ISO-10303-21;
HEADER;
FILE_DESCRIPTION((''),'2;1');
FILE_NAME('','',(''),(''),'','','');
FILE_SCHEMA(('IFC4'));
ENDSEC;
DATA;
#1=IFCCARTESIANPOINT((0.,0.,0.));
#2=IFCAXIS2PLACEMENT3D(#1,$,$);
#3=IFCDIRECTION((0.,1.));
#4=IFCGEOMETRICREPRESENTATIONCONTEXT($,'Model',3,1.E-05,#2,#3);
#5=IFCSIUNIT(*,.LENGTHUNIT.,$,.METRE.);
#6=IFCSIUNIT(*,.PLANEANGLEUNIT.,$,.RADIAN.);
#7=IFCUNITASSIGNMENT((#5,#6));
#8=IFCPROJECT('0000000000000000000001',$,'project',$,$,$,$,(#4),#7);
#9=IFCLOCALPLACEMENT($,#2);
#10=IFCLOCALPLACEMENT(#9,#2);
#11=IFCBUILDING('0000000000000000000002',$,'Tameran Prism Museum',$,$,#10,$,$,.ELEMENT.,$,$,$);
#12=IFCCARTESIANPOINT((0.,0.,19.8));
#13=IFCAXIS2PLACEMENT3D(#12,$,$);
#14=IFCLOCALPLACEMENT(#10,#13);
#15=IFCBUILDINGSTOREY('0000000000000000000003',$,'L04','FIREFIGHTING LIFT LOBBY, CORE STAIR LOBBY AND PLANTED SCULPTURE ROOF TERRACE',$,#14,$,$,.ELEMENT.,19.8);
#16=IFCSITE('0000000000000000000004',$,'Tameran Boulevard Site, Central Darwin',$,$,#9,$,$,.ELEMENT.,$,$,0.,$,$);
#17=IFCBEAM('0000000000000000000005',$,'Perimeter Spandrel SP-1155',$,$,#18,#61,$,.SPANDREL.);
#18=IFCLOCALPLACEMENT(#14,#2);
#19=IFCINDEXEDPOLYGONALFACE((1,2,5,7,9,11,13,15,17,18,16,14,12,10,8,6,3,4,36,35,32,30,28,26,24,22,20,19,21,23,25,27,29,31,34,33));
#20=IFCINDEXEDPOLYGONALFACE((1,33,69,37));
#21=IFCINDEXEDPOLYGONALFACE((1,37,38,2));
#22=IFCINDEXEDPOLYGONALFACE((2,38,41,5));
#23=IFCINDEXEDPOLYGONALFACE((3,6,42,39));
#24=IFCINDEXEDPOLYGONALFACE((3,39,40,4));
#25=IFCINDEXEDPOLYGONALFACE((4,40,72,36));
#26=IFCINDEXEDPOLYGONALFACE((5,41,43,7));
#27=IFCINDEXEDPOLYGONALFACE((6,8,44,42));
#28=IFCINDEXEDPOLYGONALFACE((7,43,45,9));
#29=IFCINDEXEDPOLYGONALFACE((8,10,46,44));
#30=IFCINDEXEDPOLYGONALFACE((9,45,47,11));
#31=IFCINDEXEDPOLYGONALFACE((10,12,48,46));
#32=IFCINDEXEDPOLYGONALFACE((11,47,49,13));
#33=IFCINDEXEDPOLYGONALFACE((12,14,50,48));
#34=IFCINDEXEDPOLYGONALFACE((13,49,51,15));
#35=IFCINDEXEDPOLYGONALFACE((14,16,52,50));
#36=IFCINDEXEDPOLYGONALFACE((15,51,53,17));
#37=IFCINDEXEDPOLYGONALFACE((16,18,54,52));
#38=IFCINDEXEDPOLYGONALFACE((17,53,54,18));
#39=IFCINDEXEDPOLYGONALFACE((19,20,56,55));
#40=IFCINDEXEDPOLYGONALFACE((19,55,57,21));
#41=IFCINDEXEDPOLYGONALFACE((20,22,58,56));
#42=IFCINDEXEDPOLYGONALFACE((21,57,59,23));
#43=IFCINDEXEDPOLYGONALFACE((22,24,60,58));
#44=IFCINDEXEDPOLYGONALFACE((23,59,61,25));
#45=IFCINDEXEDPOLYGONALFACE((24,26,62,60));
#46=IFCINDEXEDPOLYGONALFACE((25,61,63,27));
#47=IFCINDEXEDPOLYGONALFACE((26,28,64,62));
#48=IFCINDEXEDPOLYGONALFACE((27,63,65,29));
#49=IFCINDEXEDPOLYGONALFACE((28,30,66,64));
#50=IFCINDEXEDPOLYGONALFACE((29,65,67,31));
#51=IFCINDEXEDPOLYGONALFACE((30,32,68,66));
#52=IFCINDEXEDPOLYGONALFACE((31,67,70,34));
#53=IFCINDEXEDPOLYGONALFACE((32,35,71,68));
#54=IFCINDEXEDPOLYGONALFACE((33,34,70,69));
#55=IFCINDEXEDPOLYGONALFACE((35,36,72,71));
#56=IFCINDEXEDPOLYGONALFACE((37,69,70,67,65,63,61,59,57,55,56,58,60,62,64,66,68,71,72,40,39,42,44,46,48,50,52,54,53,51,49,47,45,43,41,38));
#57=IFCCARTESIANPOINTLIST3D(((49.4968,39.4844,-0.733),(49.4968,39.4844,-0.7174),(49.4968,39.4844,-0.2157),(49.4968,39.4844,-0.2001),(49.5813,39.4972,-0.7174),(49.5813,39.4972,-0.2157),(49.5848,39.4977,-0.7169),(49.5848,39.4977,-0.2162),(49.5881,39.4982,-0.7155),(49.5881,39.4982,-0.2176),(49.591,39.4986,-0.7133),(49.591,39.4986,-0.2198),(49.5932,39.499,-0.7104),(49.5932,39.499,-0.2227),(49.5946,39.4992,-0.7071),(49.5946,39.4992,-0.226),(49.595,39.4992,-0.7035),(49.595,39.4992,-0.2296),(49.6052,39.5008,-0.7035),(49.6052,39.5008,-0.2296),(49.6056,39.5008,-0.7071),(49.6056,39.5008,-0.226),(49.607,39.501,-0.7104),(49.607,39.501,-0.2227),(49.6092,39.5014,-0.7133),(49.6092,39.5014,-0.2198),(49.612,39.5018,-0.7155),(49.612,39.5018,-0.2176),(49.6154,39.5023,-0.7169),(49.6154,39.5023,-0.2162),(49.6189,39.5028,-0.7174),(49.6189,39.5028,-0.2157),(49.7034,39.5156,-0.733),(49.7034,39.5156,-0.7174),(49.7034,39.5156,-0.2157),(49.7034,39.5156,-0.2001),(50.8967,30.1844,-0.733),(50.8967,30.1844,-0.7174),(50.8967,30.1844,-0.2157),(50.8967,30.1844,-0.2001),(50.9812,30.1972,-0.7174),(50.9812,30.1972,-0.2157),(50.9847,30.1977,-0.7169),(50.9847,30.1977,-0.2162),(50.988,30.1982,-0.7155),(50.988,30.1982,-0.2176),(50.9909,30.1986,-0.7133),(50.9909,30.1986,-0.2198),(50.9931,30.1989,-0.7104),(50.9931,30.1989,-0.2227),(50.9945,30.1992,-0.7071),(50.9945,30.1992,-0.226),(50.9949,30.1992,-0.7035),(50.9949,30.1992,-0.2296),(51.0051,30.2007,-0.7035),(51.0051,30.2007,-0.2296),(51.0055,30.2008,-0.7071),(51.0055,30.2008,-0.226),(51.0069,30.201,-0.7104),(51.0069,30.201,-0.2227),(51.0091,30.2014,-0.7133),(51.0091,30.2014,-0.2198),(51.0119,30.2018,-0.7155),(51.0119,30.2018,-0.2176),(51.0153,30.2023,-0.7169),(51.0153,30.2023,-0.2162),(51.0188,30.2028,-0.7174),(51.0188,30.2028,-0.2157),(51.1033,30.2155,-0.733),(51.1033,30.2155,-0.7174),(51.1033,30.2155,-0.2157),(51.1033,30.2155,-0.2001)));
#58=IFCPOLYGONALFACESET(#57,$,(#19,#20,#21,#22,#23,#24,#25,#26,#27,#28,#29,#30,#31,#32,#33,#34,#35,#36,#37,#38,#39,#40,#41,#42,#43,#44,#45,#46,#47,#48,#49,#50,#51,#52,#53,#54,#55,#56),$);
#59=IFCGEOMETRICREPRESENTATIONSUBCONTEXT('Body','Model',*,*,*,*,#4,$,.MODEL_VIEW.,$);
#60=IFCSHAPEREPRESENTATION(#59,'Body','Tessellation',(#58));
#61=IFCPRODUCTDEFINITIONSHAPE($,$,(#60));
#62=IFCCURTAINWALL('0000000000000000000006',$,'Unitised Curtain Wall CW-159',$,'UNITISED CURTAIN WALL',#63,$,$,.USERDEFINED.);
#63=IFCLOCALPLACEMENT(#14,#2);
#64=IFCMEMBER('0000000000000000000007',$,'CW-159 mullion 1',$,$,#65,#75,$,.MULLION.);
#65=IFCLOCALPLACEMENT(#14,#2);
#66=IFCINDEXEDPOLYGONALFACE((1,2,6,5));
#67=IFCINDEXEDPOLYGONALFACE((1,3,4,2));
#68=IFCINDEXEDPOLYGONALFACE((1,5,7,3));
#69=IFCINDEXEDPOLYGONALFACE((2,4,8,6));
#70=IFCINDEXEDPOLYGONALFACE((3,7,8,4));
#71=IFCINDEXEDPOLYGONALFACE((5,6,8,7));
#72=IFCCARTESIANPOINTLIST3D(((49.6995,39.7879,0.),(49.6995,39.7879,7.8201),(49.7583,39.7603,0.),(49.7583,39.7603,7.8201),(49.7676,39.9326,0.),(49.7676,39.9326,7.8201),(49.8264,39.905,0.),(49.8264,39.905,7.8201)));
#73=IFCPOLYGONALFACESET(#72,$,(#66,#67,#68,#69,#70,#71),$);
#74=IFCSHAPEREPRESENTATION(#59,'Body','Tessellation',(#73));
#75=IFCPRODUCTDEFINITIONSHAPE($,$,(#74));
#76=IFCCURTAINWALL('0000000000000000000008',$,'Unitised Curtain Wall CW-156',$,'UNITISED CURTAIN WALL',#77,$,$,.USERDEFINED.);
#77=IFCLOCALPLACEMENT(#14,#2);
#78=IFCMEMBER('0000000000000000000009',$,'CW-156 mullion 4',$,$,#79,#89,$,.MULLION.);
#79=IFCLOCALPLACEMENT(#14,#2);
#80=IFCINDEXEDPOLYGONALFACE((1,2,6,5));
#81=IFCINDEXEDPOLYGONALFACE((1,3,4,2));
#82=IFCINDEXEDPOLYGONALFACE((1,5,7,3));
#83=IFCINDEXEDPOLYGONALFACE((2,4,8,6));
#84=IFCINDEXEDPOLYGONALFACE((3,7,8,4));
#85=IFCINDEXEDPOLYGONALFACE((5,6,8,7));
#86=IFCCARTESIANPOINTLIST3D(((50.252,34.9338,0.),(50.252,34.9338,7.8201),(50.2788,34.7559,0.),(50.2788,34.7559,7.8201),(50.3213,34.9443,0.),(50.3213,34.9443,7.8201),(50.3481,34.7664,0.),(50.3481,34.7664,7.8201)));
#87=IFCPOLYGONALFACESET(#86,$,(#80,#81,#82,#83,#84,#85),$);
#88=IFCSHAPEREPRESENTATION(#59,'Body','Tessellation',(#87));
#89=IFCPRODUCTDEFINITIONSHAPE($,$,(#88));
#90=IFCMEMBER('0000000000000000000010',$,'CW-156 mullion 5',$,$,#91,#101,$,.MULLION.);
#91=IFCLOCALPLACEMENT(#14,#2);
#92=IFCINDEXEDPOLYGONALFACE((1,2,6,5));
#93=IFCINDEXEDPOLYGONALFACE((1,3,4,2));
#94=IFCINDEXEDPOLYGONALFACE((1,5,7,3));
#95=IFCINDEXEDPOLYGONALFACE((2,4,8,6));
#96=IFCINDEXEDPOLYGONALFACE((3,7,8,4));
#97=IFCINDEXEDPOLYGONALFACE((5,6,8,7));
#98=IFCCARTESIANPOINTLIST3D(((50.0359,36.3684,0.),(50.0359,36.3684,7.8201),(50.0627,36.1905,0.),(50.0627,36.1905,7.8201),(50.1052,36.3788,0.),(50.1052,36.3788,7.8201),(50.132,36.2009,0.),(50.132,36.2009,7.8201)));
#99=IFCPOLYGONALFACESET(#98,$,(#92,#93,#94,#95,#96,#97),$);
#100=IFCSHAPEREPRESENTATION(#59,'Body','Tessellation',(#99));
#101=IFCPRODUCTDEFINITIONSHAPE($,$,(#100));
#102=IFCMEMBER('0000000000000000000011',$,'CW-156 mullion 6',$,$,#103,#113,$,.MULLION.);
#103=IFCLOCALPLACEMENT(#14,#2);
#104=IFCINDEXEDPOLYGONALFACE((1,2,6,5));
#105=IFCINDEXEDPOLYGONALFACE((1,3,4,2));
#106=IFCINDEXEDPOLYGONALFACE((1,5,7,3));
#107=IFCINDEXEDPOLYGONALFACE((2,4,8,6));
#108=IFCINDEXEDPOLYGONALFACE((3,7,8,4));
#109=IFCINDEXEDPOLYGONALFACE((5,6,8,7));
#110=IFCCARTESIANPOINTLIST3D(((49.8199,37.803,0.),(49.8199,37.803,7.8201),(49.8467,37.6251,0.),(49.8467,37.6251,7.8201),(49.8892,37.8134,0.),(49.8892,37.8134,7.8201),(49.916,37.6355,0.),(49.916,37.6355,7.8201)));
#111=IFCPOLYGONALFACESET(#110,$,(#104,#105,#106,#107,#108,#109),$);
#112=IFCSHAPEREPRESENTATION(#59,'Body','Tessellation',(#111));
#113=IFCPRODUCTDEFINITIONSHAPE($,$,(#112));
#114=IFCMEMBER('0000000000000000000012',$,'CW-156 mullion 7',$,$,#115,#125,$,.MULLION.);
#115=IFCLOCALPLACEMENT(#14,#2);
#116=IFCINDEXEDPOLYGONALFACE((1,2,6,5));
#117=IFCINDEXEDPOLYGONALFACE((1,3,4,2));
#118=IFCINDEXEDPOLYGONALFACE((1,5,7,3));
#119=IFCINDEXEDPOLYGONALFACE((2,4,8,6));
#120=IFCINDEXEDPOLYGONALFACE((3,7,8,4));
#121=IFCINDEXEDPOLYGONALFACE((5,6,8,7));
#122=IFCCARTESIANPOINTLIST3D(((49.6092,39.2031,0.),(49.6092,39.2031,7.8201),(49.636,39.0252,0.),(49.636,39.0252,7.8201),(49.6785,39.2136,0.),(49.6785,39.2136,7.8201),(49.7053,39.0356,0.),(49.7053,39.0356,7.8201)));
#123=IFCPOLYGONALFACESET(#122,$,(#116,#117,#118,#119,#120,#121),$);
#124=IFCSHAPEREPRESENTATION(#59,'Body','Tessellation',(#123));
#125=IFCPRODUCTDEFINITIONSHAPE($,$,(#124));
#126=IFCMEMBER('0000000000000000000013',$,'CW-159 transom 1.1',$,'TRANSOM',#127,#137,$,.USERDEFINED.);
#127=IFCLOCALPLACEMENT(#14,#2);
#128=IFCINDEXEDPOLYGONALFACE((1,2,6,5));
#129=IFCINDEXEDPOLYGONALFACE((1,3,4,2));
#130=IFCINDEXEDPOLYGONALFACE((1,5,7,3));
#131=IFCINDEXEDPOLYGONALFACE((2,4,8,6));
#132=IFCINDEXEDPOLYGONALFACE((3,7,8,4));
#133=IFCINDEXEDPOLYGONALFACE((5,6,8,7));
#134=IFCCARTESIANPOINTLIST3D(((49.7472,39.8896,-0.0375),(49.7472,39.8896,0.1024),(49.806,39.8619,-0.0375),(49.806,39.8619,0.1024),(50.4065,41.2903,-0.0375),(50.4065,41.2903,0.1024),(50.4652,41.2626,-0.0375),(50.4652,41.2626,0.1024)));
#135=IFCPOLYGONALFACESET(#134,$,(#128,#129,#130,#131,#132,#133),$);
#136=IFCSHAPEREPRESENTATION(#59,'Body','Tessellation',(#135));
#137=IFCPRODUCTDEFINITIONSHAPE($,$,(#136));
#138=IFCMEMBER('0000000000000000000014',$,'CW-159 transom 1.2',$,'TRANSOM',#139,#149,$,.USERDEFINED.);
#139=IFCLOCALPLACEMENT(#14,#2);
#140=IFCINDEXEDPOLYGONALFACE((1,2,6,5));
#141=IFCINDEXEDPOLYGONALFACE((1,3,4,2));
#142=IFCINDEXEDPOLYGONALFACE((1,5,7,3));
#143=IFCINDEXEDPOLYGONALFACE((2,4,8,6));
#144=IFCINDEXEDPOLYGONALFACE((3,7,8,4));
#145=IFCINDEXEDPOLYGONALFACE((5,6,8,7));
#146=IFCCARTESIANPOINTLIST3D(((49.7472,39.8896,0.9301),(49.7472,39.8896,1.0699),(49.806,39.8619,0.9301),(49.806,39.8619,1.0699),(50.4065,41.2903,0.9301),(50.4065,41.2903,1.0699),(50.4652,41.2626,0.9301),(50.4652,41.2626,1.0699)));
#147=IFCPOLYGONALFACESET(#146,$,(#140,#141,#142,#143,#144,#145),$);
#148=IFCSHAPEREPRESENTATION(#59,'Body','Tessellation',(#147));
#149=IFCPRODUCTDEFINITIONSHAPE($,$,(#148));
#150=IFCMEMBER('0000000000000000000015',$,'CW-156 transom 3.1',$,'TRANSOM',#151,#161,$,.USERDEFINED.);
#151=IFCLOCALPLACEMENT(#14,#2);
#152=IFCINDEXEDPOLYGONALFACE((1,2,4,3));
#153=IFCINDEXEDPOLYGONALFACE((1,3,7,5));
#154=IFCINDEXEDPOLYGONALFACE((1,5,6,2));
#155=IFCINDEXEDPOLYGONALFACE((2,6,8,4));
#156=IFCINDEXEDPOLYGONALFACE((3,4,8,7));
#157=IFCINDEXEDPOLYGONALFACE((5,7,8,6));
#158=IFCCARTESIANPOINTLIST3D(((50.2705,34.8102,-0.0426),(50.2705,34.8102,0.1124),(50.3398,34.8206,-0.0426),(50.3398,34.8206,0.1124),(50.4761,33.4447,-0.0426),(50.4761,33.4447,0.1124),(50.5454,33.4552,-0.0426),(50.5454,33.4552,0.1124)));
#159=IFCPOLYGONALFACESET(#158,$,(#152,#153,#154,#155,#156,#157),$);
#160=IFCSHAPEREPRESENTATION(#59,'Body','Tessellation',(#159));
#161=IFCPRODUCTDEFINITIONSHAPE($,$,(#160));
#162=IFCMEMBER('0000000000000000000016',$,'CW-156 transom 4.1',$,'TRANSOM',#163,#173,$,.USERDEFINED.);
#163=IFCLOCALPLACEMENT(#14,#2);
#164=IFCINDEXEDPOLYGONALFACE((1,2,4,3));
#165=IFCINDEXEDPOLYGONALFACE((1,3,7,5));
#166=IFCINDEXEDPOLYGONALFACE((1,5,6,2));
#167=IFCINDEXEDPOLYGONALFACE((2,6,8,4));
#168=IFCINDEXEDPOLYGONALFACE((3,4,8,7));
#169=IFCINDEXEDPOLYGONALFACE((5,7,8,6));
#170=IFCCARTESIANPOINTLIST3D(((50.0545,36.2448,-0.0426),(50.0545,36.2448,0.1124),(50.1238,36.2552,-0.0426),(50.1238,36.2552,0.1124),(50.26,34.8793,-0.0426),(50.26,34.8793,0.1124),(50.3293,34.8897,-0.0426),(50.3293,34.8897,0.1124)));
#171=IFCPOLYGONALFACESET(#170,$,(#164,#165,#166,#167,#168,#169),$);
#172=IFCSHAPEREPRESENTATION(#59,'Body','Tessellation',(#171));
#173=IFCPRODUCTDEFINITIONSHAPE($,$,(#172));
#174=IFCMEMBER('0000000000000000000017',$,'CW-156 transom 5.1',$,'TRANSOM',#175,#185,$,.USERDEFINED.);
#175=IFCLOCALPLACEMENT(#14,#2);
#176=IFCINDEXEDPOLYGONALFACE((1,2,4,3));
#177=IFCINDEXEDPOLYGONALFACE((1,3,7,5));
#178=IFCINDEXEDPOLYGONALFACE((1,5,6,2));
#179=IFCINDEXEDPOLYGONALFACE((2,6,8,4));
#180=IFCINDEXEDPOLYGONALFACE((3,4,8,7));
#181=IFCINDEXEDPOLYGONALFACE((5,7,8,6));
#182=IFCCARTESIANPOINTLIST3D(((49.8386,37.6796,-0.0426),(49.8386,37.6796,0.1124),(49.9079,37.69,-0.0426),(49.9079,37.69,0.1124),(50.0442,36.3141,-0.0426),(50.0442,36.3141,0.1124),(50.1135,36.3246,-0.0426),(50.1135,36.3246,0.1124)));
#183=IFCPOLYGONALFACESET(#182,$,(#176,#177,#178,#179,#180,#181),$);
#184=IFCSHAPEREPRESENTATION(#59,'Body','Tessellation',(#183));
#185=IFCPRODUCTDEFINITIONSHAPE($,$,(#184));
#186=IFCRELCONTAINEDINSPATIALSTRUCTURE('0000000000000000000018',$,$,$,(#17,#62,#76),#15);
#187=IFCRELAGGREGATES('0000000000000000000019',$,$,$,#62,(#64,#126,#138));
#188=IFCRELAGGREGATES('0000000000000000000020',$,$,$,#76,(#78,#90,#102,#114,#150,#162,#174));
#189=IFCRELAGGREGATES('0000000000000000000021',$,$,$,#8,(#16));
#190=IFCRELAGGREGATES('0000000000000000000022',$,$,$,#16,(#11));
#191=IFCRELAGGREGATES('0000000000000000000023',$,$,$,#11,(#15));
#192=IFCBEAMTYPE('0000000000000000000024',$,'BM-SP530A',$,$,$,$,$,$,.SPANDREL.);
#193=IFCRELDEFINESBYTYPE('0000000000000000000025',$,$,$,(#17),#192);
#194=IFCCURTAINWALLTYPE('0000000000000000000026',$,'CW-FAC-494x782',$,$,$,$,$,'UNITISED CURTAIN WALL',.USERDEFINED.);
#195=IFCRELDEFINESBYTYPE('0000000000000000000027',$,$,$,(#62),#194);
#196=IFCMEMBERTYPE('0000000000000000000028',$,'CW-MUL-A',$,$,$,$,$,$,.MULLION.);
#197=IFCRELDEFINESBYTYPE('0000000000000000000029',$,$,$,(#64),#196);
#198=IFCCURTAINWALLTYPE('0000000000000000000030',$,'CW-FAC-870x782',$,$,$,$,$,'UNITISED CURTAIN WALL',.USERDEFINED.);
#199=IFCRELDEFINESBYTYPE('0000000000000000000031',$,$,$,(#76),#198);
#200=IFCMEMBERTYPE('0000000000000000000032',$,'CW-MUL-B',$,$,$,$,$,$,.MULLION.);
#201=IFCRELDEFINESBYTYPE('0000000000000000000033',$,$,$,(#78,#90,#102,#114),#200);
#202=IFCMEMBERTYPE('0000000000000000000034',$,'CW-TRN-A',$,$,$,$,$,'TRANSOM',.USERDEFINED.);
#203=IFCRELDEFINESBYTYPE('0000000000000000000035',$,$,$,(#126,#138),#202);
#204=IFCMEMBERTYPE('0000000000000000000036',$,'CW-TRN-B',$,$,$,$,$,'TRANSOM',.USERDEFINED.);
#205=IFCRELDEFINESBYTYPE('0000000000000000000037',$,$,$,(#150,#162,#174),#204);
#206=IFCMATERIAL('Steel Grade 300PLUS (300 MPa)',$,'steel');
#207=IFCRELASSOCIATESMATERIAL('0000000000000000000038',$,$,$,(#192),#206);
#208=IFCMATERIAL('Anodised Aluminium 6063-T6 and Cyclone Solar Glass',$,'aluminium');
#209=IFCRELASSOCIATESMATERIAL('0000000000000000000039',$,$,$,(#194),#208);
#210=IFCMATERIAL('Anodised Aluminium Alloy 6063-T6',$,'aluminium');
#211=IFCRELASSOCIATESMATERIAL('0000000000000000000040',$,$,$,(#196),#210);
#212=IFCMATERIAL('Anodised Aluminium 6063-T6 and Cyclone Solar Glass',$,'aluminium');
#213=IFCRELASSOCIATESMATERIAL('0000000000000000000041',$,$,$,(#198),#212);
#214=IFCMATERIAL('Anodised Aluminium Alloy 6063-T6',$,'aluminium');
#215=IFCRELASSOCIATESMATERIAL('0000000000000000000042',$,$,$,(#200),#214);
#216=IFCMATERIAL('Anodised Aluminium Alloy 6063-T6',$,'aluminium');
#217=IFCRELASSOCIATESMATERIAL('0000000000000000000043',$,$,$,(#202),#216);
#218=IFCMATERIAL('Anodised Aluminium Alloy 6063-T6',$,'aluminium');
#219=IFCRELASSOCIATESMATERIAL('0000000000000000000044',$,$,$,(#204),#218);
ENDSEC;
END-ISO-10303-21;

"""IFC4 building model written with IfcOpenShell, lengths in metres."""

from ifc_helpers import new_model, si_unit, direction, frame, origin, origin_2d, place, context, subcontext, project, spatial, rectangle, i_section, extrude, material, material_profile, profile_set, type_object, element, aggregate, save


model = new_model("IFC4")

# Units and contexts
model_context = context("Model", 3, precision=1e-05, world=origin(), true_north=direction((0.0, 1.0)))
body_context = subcontext(model_context, "Body", "Model", "MODEL_VIEW")
ifc_project = project(units=[si_unit("LENGTHUNIT", "METRE"), si_unit("PLANEANGLEUNIT", "RADIAN")], contexts=[model_context])

# Site, building, storey
site_placement = place(None, origin())
site = spatial("IfcSite", under=ifc_project, at=site_placement, Name="Tameran Boulevard Site, Central Darwin", CompositionType="ELEMENT", RefElevation=0.0)
building_placement = place(site_placement, origin())
building = spatial("IfcBuilding", under=site, at=building_placement, Name="Tameran Prism Museum", CompositionType="ELEMENT")
storey_placement = place(building_placement, frame((0.0, 0.0, 19.8)))
storey = spatial("IfcBuildingStorey", under=building, at=storey_placement, Name="L04", Description="FIREFIGHTING LIFT LOBBY, CORE STAIR LOBBY AND PLANTED SCULPTURE ROOF TERRACE", CompositionType="ELEMENT", Elevation=19.8)

# Beam
ifc_material_1 = material(Name="Steel Grade 300PLUS (300 MPa)", Category="steel")
ifc_material_profile_1 = material_profile(ifc_material_1, i_section(OverallWidth=0.209, OverallDepth=0.533, WebThickness=0.0103, FlangeThickness=0.0156, FilletRadius=0.0139, at=origin_2d()))
ifc_profile_set_1 = profile_set([ifc_material_profile_1])
beam_type_1 = type_object("IfcBeamType", Name="BM-SP530A", PredefinedType="SPANDREL", material=ifc_profile_set_1)
beam_1_placement = place(storey_placement, frame((49.6001, 39.5, -0.4666), z_axis=(0.148849, -0.98886, 0.0), x_axis=(0.98886, 0.148849, 0.0)))
element("IfcBeam", 1, at=beam_1_placement, inside=storey, type_object=beam_type_1, Name="Perimeter Spandrel SP-1155", PredefinedType="SPANDREL", context=body_context, shape_type="SweptSolid", body=[
    extrude(i_section(OverallWidth=0.209, OverallDepth=0.533, WebThickness=0.0103, FlangeThickness=0.0156, FilletRadius=0.0139, at=origin_2d()), origin(), (0.0, 0.0, 1.0), 9.4048),
])

# Curtain wall, member
ifc_material_2 = material(Name="Anodised Aluminium 6063-T6 and Cyclone Solar Glass", Category="aluminium")
curtain_wall_type_1 = type_object("IfcCurtainWallType", Name="CW-FAC-494x782", ElementType="UNITISED CURTAIN WALL", PredefinedType="USERDEFINED", material=ifc_material_2)
curtain_wall_1_placement = place(storey_placement, origin())
curtain_wall_1 = element("IfcCurtainWall", 2, at=curtain_wall_1_placement, inside=storey, type_object=curtain_wall_type_1, Name="Unitised Curtain Wall CW-159", ObjectType="UNITISED CURTAIN WALL", PredefinedType="USERDEFINED")
ifc_material_3 = material(Name="Anodised Aluminium Alloy 6063-T6", Category="aluminium")
ifc_material_profile_2 = material_profile(ifc_material_3, rectangle(XDim=0.0649, YDim=0.1599, at=origin_2d()))
ifc_profile_set_2 = profile_set([ifc_material_profile_2])
member_type_1 = type_object("IfcMemberType", Name="CW-MUL-A", PredefinedType="MULLION", material=ifc_profile_set_2)
member_1_placement = place(storey_placement, frame((49.7629, 39.8464, 0.0), z_axis=(0.0, 0.0, 1.0), x_axis=(-0.904791, 0.425856, 0.0)))
member_1 = element("IfcMember", 3, at=member_1_placement, type_object=member_type_1, Name="CW-159 mullion 1", PredefinedType="MULLION", context=body_context, shape_type="SweptSolid", body=[
    extrude(rectangle(XDim=0.0649, YDim=0.1599, at=origin_2d()), origin(), (0.0, 0.0, 1.0), 7.8201),
])

# Curtain wall, members
ifc_material_4 = material(Name="Anodised Aluminium 6063-T6 and Cyclone Solar Glass", Category="aluminium")
curtain_wall_type_2 = type_object("IfcCurtainWallType", Name="CW-FAC-870x782", ElementType="UNITISED CURTAIN WALL", PredefinedType="USERDEFINED", material=ifc_material_4)
curtain_wall_2_placement = place(storey_placement, origin())
curtain_wall_2 = element("IfcCurtainWall", 4, at=curtain_wall_2_placement, inside=storey, type_object=curtain_wall_type_2, Name="Unitised Curtain Wall CW-156", ObjectType="UNITISED CURTAIN WALL", PredefinedType="USERDEFINED")
ifc_material_5 = material(Name="Anodised Aluminium Alloy 6063-T6", Category="aluminium")
ifc_material_profile_3 = material_profile(ifc_material_5, rectangle(XDim=0.0701, YDim=0.1799, at=origin_2d()))
ifc_profile_set_3 = profile_set([ifc_material_profile_3])
member_type_2 = type_object("IfcMemberType", Name="CW-MUL-B", PredefinedType="MULLION", material=ifc_profile_set_3)
member_2_placement = place(storey_placement, frame((50.3, 34.8501, 0.0), z_axis=(0.0, 0.0, 1.0), x_axis=(-0.988855, -0.14888, 0.0)))
member_2 = element("IfcMember", 5, at=member_2_placement, type_object=member_type_2, Name="CW-156 mullion 4", PredefinedType="MULLION", context=body_context, shape_type="SweptSolid", body=[
    extrude(rectangle(XDim=0.0701, YDim=0.1799, at=origin_2d()), origin(), (0.0, 0.0, 1.0), 7.8201),
])
member_3_placement = place(storey_placement, frame((50.084, 36.2847, 0.0), z_axis=(0.0, 0.0, 1.0), x_axis=(-0.988855, -0.14888, 0.0)))
member_3 = element("IfcMember", 6, at=member_3_placement, type_object=member_type_2, Name="CW-156 mullion 5", PredefinedType="MULLION", context=body_context, shape_type="SweptSolid", body=[
    extrude(rectangle(XDim=0.0701, YDim=0.1799, at=origin_2d()), origin(), (0.0, 0.0, 1.0), 7.8201),
])
member_4_placement = place(storey_placement, frame((49.8679, 37.7192, 0.0), z_axis=(0.0, 0.0, 1.0), x_axis=(-0.988855, -0.14888, 0.0)))
member_4 = element("IfcMember", 7, at=member_4_placement, type_object=member_type_2, Name="CW-156 mullion 6", PredefinedType="MULLION", context=body_context, shape_type="SweptSolid", body=[
    extrude(rectangle(XDim=0.0701, YDim=0.1799, at=origin_2d()), origin(), (0.0, 0.0, 1.0), 7.8201),
])
member_5_placement = place(storey_placement, frame((49.6572, 39.1194, 0.0), z_axis=(0.0, 0.0, 1.0), x_axis=(-0.988855, -0.14888, 0.0)))
member_5 = element("IfcMember", 8, at=member_5_placement, type_object=member_type_2, Name="CW-156 mullion 7", PredefinedType="MULLION", context=body_context, shape_type="SweptSolid", body=[
    extrude(rectangle(XDim=0.0701, YDim=0.1799, at=origin_2d()), origin(), (0.0, 0.0, 1.0), 7.8201),
])

# Members
ifc_material_6 = material(Name="Anodised Aluminium Alloy 6063-T6", Category="aluminium")
ifc_material_profile_4 = material_profile(ifc_material_6, rectangle(XDim=0.0649, YDim=0.1399, at=origin_2d()))
ifc_profile_set_4 = profile_set([ifc_material_profile_4])
member_type_3 = type_object("IfcMemberType", Name="CW-TRN-A", ElementType="TRANSOM", PredefinedType="USERDEFINED", material=ifc_profile_set_4)
member_6_placement = place(storey_placement, frame((49.7766, 39.8757, 0.0325), z_axis=(0.425827, 0.904804, 0.0), x_axis=(-0.904804, 0.425827, 0.0)))
member_6 = element("IfcMember", 9, at=member_6_placement, type_object=member_type_3, Name="CW-159 transom 1.1", ObjectType="TRANSOM", PredefinedType="USERDEFINED", context=body_context, shape_type="SweptSolid", body=[
    extrude(rectangle(XDim=0.0649, YDim=0.1399, at=origin_2d()), origin(), (0.0, 0.0, 1.0), 1.5481),
])
member_7_placement = place(storey_placement, frame((49.7766, 39.8757, 1.0), z_axis=(0.425827, 0.904804, 0.0), x_axis=(-0.904804, 0.425827, 0.0)))
member_7 = element("IfcMember", 10, at=member_7_placement, type_object=member_type_3, Name="CW-159 transom 1.2", ObjectType="TRANSOM", PredefinedType="USERDEFINED", context=body_context, shape_type="SweptSolid", body=[
    extrude(rectangle(XDim=0.0649, YDim=0.1399, at=origin_2d()), origin(), (0.0, 0.0, 1.0), 1.5481),
])
aggregate(curtain_wall_1, [member_1, member_6, member_7])
ifc_material_7 = material(Name="Anodised Aluminium Alloy 6063-T6", Category="aluminium")
ifc_material_profile_5 = material_profile(ifc_material_7, rectangle(XDim=0.0701, YDim=0.155, at=origin_2d()))
ifc_profile_set_5 = profile_set([ifc_material_profile_5])
member_type_4 = type_object("IfcMemberType", Name="CW-TRN-B", ElementType="TRANSOM", PredefinedType="USERDEFINED", material=ifc_profile_set_5)
member_8_placement = place(storey_placement, frame((50.5107, 33.45, 0.0349), z_axis=(-0.148868, 0.988857, 0.0), x_axis=(-0.988857, -0.148868, 0.0)))
member_8 = element("IfcMember", 11, at=member_8_placement, type_object=member_type_4, Name="CW-156 transom 3.1", ObjectType="TRANSOM", PredefinedType="USERDEFINED", context=body_context, shape_type="SweptSolid", body=[
    extrude(rectangle(XDim=0.0701, YDim=0.155, at=origin_2d()), origin(), (0.0, 0.0, 1.0), 1.3809),
])
member_9_placement = place(storey_placement, frame((50.2947, 34.8845, 0.0349), z_axis=(-0.148868, 0.988857, 0.0), x_axis=(-0.988857, -0.148868, 0.0)))
member_9 = element("IfcMember", 12, at=member_9_placement, type_object=member_type_4, Name="CW-156 transom 4.1", ObjectType="TRANSOM", PredefinedType="USERDEFINED", context=body_context, shape_type="SweptSolid", body=[
    extrude(rectangle(XDim=0.0701, YDim=0.155, at=origin_2d()), origin(), (0.0, 0.0, 1.0), 1.3809),
])
member_10_placement = place(storey_placement, frame((50.0789, 36.3193, 0.0349), z_axis=(-0.148868, 0.988857, 0.0), x_axis=(-0.988857, -0.148868, 0.0)))
member_10 = element("IfcMember", 13, at=member_10_placement, type_object=member_type_4, Name="CW-156 transom 5.1", ObjectType="TRANSOM", PredefinedType="USERDEFINED", context=body_context, shape_type="SweptSolid", body=[
    extrude(rectangle(XDim=0.0701, YDim=0.155, at=origin_2d()), origin(), (0.0, 0.0, 1.0), 1.3809),
])

aggregate(curtain_wall_2, [member_2, member_3, member_4, member_5, member_8, member_9, member_10])

save(model, "model.ifc")
